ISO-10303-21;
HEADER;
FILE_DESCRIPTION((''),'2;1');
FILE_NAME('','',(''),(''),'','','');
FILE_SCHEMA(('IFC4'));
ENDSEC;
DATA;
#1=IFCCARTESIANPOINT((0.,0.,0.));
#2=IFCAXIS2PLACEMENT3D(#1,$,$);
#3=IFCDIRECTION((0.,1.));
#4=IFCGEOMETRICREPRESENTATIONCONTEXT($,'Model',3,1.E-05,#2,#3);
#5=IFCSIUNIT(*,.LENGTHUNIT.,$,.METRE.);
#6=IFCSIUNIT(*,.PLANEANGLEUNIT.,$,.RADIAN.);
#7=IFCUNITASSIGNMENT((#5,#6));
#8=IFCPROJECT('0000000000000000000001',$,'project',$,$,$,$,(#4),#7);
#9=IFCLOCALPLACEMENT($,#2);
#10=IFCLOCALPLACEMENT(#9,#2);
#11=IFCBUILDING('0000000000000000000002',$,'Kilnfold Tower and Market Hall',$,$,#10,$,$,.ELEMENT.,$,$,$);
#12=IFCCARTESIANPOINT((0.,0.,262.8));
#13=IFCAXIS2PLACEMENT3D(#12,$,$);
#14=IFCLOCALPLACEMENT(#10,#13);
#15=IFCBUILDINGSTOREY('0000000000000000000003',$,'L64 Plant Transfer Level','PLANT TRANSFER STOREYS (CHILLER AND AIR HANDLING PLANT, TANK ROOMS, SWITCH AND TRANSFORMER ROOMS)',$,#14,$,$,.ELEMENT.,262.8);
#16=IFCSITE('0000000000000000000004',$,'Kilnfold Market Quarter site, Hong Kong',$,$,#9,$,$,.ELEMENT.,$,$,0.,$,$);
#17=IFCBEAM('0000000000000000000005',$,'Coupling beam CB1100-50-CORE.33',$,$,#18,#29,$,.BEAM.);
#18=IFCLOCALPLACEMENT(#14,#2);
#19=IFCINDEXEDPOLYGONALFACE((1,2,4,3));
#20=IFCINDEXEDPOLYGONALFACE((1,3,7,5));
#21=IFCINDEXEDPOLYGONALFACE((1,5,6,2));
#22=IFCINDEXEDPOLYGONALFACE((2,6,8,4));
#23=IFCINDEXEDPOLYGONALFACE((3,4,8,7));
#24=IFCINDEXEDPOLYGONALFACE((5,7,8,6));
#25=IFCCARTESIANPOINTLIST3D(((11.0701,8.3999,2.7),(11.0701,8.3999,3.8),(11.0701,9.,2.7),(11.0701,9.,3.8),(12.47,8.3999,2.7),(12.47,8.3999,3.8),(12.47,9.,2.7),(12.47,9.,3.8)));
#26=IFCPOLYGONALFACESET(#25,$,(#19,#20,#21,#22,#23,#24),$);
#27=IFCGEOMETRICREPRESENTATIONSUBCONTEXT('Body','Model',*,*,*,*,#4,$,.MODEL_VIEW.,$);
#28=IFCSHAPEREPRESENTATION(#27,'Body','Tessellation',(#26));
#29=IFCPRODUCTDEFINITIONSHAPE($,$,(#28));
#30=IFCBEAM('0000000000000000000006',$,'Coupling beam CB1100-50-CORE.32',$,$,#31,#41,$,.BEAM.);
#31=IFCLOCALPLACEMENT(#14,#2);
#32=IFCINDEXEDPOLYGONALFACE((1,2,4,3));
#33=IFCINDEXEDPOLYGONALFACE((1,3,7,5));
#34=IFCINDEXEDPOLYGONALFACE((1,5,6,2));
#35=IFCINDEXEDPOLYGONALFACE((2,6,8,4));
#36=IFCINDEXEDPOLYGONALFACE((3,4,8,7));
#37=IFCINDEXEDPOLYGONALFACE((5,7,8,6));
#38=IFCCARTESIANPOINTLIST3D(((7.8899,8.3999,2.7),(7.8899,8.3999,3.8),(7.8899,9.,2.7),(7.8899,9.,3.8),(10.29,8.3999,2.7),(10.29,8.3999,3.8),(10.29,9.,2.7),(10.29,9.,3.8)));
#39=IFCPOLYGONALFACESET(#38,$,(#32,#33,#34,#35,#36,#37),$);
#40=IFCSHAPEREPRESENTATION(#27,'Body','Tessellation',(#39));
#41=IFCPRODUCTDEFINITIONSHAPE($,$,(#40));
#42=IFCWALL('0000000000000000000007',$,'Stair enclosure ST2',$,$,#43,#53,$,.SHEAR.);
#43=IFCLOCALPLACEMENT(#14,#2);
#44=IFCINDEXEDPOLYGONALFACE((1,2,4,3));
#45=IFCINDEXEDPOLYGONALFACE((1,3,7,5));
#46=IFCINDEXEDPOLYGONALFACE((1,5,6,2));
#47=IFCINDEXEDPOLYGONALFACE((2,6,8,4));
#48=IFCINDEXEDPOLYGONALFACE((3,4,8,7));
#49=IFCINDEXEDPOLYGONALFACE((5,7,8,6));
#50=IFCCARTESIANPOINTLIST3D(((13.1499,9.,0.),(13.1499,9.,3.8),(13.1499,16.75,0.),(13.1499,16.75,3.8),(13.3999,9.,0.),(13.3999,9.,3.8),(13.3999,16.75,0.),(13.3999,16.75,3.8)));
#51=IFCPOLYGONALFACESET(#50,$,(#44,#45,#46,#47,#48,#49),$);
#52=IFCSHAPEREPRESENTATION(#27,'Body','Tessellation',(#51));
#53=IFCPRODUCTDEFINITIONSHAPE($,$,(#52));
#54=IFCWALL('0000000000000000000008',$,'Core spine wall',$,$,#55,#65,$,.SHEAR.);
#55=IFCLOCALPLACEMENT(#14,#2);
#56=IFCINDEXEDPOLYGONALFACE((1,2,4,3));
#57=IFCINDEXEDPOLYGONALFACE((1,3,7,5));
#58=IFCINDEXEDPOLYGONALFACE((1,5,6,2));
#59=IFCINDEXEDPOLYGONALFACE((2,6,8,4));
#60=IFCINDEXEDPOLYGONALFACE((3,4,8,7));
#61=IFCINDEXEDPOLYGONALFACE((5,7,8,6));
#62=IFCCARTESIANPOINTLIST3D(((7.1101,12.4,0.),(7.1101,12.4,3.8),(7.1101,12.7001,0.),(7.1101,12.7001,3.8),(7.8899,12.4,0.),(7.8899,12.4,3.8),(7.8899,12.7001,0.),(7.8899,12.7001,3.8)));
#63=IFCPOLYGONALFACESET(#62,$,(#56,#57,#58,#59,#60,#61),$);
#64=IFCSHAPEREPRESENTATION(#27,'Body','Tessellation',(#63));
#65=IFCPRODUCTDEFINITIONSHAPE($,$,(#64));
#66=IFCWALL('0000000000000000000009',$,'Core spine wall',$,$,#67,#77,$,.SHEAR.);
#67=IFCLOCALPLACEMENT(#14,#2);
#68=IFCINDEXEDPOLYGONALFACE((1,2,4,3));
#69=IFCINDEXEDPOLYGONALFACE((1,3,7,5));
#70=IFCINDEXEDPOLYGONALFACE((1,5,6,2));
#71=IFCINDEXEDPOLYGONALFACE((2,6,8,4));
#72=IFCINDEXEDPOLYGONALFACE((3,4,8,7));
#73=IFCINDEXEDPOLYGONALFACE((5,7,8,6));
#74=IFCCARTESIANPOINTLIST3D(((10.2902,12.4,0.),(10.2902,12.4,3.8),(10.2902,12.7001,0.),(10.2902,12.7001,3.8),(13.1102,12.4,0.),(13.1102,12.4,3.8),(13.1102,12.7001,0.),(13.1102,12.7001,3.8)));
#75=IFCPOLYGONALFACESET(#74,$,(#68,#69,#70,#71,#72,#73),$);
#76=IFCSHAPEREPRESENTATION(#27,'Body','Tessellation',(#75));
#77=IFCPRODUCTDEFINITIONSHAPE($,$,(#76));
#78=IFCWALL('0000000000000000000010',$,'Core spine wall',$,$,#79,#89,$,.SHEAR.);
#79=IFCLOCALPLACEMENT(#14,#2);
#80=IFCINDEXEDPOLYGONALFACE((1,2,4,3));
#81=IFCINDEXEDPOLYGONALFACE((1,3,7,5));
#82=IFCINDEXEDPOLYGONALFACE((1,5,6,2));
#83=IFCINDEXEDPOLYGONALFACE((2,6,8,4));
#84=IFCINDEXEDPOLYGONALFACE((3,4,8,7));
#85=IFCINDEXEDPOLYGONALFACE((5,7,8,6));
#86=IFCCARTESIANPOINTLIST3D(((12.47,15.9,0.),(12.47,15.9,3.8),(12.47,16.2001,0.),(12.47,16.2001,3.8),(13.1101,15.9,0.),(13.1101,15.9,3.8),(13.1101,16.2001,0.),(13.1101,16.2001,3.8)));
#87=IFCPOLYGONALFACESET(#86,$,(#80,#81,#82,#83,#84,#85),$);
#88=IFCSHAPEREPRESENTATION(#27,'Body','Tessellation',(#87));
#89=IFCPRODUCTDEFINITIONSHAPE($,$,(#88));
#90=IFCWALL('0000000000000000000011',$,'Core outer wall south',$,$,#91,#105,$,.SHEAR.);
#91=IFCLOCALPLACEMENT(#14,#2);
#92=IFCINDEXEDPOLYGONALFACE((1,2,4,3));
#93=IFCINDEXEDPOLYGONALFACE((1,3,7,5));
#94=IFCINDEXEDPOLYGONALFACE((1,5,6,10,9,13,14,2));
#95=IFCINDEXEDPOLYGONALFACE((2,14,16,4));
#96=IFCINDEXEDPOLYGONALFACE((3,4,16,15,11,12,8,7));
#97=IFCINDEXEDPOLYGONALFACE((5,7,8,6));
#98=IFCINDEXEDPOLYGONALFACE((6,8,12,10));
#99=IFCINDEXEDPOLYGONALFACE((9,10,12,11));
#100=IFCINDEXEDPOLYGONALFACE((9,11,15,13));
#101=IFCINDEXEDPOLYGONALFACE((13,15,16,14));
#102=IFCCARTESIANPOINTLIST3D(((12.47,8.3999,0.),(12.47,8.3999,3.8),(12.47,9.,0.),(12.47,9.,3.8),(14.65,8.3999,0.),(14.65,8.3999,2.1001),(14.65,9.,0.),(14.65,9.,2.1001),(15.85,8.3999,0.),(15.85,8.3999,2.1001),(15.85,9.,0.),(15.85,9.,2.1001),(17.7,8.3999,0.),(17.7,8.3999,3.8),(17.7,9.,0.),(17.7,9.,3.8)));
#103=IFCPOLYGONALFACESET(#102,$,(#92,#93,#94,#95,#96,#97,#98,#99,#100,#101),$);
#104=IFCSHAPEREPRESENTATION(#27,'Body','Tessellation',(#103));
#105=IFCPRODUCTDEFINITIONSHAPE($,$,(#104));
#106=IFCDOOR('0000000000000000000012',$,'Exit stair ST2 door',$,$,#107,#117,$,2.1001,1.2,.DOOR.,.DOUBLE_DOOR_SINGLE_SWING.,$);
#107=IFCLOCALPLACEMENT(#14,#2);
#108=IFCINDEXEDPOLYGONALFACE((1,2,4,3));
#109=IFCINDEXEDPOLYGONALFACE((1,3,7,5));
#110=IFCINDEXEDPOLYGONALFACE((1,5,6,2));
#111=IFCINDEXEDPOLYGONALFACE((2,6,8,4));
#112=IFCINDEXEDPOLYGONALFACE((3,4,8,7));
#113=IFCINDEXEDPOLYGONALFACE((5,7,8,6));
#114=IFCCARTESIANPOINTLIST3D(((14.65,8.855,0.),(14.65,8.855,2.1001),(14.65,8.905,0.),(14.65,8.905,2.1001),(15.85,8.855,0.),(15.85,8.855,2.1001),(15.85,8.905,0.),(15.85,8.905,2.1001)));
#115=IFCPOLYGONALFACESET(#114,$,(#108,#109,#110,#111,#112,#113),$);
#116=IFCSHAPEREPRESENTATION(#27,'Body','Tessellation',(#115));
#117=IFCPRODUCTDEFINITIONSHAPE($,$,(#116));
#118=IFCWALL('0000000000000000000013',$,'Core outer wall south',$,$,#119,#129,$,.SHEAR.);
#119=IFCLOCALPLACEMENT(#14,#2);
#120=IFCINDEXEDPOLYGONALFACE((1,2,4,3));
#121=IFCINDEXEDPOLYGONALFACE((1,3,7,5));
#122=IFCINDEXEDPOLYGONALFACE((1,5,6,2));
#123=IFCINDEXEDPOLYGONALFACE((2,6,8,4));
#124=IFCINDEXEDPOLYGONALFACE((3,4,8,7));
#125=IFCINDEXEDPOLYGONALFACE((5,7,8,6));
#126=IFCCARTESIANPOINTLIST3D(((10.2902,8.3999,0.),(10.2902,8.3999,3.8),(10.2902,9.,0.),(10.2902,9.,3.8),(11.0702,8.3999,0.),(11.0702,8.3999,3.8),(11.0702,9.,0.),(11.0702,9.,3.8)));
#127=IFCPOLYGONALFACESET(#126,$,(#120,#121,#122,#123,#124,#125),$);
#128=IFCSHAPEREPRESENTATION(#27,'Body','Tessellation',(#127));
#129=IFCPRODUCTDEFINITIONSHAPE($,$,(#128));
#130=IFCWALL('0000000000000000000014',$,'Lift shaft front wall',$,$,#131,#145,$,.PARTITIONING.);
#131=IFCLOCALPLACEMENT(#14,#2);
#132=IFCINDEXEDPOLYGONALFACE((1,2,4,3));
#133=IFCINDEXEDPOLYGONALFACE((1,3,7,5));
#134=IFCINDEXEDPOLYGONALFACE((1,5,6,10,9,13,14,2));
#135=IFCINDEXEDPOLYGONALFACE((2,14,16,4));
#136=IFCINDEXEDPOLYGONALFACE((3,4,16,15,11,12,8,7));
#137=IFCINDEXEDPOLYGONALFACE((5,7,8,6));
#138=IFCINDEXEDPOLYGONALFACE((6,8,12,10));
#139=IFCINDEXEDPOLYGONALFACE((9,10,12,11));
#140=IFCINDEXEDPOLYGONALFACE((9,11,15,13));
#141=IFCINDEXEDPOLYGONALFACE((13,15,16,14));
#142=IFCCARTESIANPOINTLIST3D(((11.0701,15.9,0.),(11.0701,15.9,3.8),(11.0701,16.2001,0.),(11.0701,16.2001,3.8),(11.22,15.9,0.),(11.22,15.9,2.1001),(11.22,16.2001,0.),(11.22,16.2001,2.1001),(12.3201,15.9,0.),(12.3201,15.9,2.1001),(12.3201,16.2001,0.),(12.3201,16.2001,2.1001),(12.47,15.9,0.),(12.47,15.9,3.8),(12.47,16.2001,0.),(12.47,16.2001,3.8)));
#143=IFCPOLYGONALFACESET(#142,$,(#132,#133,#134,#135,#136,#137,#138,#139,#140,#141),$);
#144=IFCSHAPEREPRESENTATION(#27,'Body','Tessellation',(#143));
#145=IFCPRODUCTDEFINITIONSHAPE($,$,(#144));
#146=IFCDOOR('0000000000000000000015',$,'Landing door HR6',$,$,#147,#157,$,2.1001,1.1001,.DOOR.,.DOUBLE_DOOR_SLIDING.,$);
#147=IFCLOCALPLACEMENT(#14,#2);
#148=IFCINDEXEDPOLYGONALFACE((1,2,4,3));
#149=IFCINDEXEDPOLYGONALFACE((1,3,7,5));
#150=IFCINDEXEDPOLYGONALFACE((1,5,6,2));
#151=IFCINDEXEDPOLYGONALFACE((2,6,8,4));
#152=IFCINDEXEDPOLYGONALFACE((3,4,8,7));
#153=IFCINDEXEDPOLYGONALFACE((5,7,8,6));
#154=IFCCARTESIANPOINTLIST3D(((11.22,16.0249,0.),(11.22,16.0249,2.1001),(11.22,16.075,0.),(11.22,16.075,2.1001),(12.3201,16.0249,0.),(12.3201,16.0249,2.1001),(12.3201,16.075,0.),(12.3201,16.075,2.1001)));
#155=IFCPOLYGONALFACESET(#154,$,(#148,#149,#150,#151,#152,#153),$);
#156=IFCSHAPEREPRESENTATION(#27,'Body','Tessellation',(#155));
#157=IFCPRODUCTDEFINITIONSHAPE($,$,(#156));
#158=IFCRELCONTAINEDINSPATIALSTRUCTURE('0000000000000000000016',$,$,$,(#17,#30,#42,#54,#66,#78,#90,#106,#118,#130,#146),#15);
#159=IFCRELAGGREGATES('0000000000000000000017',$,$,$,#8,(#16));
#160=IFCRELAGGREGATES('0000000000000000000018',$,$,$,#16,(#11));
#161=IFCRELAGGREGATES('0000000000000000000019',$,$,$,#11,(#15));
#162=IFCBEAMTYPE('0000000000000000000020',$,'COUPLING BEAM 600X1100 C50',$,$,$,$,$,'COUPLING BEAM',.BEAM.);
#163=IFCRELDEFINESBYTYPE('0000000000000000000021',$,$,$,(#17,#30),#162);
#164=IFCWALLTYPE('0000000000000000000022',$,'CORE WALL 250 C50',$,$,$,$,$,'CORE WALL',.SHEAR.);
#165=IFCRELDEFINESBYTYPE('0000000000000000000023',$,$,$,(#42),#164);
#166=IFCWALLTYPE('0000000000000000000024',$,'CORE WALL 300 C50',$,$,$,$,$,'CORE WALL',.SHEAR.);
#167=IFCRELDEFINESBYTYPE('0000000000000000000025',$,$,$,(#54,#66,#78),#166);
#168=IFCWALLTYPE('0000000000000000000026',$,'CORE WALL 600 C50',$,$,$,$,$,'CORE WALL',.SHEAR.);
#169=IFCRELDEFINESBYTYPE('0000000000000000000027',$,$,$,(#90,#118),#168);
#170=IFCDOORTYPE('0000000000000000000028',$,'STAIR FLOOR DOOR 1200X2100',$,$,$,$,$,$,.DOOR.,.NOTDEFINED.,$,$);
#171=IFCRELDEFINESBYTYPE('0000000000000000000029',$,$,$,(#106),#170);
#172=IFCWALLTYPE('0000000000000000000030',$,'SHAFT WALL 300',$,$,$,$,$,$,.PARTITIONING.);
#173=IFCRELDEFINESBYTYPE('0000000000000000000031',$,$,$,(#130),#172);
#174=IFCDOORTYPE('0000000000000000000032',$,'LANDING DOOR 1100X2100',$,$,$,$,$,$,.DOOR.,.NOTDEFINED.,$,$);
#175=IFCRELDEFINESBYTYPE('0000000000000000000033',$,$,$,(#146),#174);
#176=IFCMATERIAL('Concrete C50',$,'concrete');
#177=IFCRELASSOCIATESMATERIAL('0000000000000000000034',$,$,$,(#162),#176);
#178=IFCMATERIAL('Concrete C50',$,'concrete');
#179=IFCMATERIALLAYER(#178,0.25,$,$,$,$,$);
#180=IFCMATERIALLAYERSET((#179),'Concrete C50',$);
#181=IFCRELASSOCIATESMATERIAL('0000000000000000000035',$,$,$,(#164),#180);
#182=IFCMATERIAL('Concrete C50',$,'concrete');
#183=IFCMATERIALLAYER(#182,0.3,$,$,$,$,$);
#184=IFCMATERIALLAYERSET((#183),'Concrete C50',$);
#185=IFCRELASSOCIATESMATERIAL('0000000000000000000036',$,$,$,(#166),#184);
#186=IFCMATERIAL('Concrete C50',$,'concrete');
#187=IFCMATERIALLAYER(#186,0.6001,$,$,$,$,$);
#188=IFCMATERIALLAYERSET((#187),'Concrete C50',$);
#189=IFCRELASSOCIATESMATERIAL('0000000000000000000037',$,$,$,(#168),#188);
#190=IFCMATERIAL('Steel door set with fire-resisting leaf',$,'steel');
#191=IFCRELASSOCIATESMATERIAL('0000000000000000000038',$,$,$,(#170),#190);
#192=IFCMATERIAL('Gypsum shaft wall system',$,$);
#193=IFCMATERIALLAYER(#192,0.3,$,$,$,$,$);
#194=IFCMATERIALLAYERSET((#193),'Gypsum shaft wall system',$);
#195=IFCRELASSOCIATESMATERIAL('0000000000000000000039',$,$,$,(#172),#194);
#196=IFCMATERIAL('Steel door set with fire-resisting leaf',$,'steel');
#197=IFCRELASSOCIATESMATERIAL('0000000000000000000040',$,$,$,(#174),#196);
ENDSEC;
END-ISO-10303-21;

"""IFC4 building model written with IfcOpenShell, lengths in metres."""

from ifc_helpers import new_model, si_unit, direction, frame, frame_2d, origin, origin_2d, place, context, subcontext, project, spatial, rectangle, extrude, source, transform, mapped, material, layer, layer_set, material_profile, profile_set, type_object, element, fill, save


model = new_model("IFC4")

# Units and contexts
model_context = context("Model", 3, precision=1e-05, world=origin(), true_north=direction((0.0, 1.0)))
body_context = subcontext(model_context, "Body", "Model", "MODEL_VIEW")
ifc_project = project(units=[si_unit("LENGTHUNIT", "METRE"), si_unit("PLANEANGLEUNIT", "RADIAN")], contexts=[model_context])

# Site, building, storey
site_placement = place(None, origin())
site = spatial("IfcSite", under=ifc_project, at=site_placement, Name="Kilnfold Market Quarter site, Hong Kong", CompositionType="ELEMENT", RefElevation=0.0)
building_placement = place(site_placement, origin())
building = spatial("IfcBuilding", under=site, at=building_placement, Name="Kilnfold Tower and Market Hall", CompositionType="ELEMENT")
storey_placement = place(building_placement, frame((0.0, 0.0, 262.8)))
storey = spatial("IfcBuildingStorey", under=building, at=storey_placement, Name="L64 Plant Transfer Level", Description="PLANT TRANSFER STOREYS (CHILLER AND AIR HANDLING PLANT, TANK ROOMS, SWITCH AND TRANSFORMER ROOMS)", CompositionType="ELEMENT", Elevation=262.8)

# Beams
ifc_material_1 = material(Name="Concrete C50", Category="concrete")
ifc_material_profile = material_profile(ifc_material_1, rectangle(XDim=0.6001, YDim=1.1001, at=origin_2d()), Name="RC 600x1100")
ifc_profile_set = profile_set([ifc_material_profile], Name="Concrete C50")
beam_type = type_object("IfcBeamType", Name="COUPLING BEAM 600X1100 C50", ElementType="COUPLING BEAM", PredefinedType="BEAM", material=ifc_profile_set)
shared_shape_1 = source(origin(), body_context, "Body", "SweptSolid", [
    extrude(rectangle(XDim=0.6001, YDim=1.1001, at=origin_2d()), origin(), (0.0, 0.0, 1.0), 1.3999),
])
beam_1_placement = place(storey_placement, frame((11.0701, 8.7, 3.25), z_axis=(1.0, 0.0, 0.0), x_axis=(0.0, 1.0, 0.0)))
element("IfcBeam", 1, at=beam_1_placement, inside=storey, type_object=beam_type, Name="Coupling beam CB1100-50-CORE.33", PredefinedType="BEAM", context=body_context, shape_type="MappedRepresentation", body=[
    mapped(shared_shape_1, transform((0.0, 0.0, 0.0))),
])
shared_shape_2 = source(origin(), body_context, "Body", "SweptSolid", [
    extrude(rectangle(XDim=0.6001, YDim=1.1001, at=origin_2d()), origin(), (0.0, 0.0, 1.0), 2.4001),
])
beam_2_placement = place(storey_placement, frame((7.8899, 8.7, 3.25), z_axis=(1.0, 0.0, 0.0), x_axis=(0.0, 1.0, 0.0)))
element("IfcBeam", 2, at=beam_2_placement, inside=storey, type_object=beam_type, Name="Coupling beam CB1100-50-CORE.32", PredefinedType="BEAM", context=body_context, shape_type="MappedRepresentation", body=[
    mapped(shared_shape_2, transform((0.0, 0.0, 0.0))),
])

# Walls
ifc_material_2 = material(Name="Concrete C50", Category="concrete")
ifc_layer_1 = layer(ifc_material_2, 0.25)
ifc_layer_set_1 = layer_set([ifc_layer_1], Name="Concrete C50")
wall_type_1 = type_object("IfcWallType", Name="CORE WALL 250 C50", ElementType="CORE WALL", PredefinedType="SHEAR", material=ifc_layer_set_1)
shared_shape_3 = source(origin(), body_context, "Body", "SweptSolid", [
    extrude(rectangle(XDim=7.75, YDim=0.25, at=frame_2d((3.875, 0.0))), origin(), (0.0, 0.0, 1.0), 3.8),
])
wall_1_placement = place(storey_placement, frame((13.2749, 9.0, 0.0), z_axis=(0.0, 0.0, 1.0), x_axis=(0.0, 1.0, 0.0)))
element("IfcWall", 3, at=wall_1_placement, inside=storey, type_object=wall_type_1, Name="Stair enclosure ST2", PredefinedType="SHEAR", context=body_context, shape_type="MappedRepresentation", body=[
    mapped(shared_shape_3, transform((0.0, 0.0, 0.0))),
])
ifc_material_3 = material(Name="Concrete C50", Category="concrete")
ifc_layer_2 = layer(ifc_material_3, 0.3)
ifc_layer_set_2 = layer_set([ifc_layer_2], Name="Concrete C50")
wall_type_2 = type_object("IfcWallType", Name="CORE WALL 300 C50", ElementType="CORE WALL", PredefinedType="SHEAR", material=ifc_layer_set_2)
shared_shape_4 = source(origin(), body_context, "Body", "SweptSolid", [
    extrude(rectangle(XDim=0.7798, YDim=0.3, at=frame_2d((0.3899, 0.0))), origin(), (0.0, 0.0, 1.0), 3.8),
])
wall_2_placement = place(storey_placement, frame((7.1101, 12.55, 0.0), z_axis=(0.0, 0.0, 1.0), x_axis=(1.0, 0.0, 0.0)))
element("IfcWall", 4, at=wall_2_placement, inside=storey, type_object=wall_type_2, Name="Core spine wall", PredefinedType="SHEAR", context=body_context, shape_type="MappedRepresentation", body=[
    mapped(shared_shape_4, transform((0.0, 0.0, 0.0))),
])
shared_shape_5 = source(origin(), body_context, "Body", "SweptSolid", [
    extrude(rectangle(XDim=2.8201, YDim=0.3, at=frame_2d((1.4102, 0.0))), origin(), (0.0, 0.0, 1.0), 3.8),
])
wall_3_placement = place(storey_placement, frame((10.29, 12.55, 0.0), z_axis=(0.0, 0.0, 1.0), x_axis=(1.0, 0.0, 0.0)))
element("IfcWall", 5, at=wall_3_placement, inside=storey, type_object=wall_type_2, Name="Core spine wall", PredefinedType="SHEAR", context=body_context, shape_type="MappedRepresentation", body=[
    mapped(shared_shape_5, transform((0.0, 0.0, 0.0))),
])
shared_shape_6 = source(origin(), body_context, "Body", "SweptSolid", [
    extrude(rectangle(XDim=0.6401, YDim=0.3, at=frame_2d((0.3201, 0.0))), origin(), (0.0, 0.0, 1.0), 3.8),
])
wall_4_placement = place(storey_placement, frame((12.47, 16.05, 0.0), z_axis=(0.0, 0.0, 1.0), x_axis=(1.0, 0.0, 0.0)))
element("IfcWall", 6, at=wall_4_placement, inside=storey, type_object=wall_type_2, Name="Core spine wall", PredefinedType="SHEAR", context=body_context, shape_type="MappedRepresentation", body=[
    mapped(shared_shape_6, transform((0.0, 0.0, 0.0))),
])

# Wall, opening, door
ifc_material_4 = material(Name="Concrete C50", Category="concrete")
ifc_layer_3 = layer(ifc_material_4, 0.6001)
ifc_layer_set_3 = layer_set([ifc_layer_3], Name="Concrete C50")
wall_type_3 = type_object("IfcWallType", Name="CORE WALL 600 C50", ElementType="CORE WALL", PredefinedType="SHEAR", material=ifc_layer_set_3)
shared_shape_7 = source(origin(), body_context, "Body", "SweptSolid", [
    extrude(rectangle(XDim=5.23, YDim=0.6001, at=frame_2d((2.615, 0.0))), origin(), (0.0, 0.0, 1.0), 3.8),
])
wall_5_placement = place(storey_placement, frame((12.47, 8.7, 0.0), z_axis=(0.0, 0.0, 1.0), x_axis=(1.0, 0.0, 0.0)))
wall_5 = element("IfcWall", 7, at=wall_5_placement, inside=storey, type_object=wall_type_3, Name="Core outer wall south", PredefinedType="SHEAR", context=body_context, shape_type="MappedRepresentation", body=[
    mapped(shared_shape_7, transform((0.0, 0.0, 0.0))),
])
opening_1_placement = place(wall_5_placement, frame((2.1799, 0.0, 0.0)))
opening_1 = element("IfcOpeningElement", 8, at=opening_1_placement, cuts=wall_5, PredefinedType="OPENING", context=body_context, shape_type="SweptSolid", body=[
    extrude(rectangle(XDim=1.2, YDim=2.1001, at=frame_2d((0.6001, 1.05))), frame((0.0, 0.3101, 0.0), z_axis=(0.0, -1.0, 0.0), x_axis=(1.0, 0.0, 0.0)), (0.0, 0.0, 1.0), 0.6201),
])
ifc_material_5 = material(Name="Steel door set with fire-resisting leaf", Category="steel")
door_type_1 = type_object("IfcDoorType", Name="STAIR FLOOR DOOR 1200X2100", OperationType="NOTDEFINED", PredefinedType="DOOR", material=ifc_material_5)
door_1_placement = place(opening_1_placement, origin())
door_1 = element("IfcDoor", 9, at=door_1_placement, inside=storey, type_object=door_type_1, Name="Exit stair ST2 door", OperationType="DOUBLE_DOOR_SINGLE_SWING", OverallHeight=2.1001, OverallWidth=1.2, PredefinedType="DOOR", context=body_context, shape_type="SweptSolid", body=[
    extrude(rectangle(XDim=1.2, YDim=2.1001, at=frame_2d((0.6001, 1.05))), frame((0.0, 0.2051, 0.0), z_axis=(0.0, -1.0, 0.0), x_axis=(1.0, 0.0, 0.0)), (0.0, 0.0, 1.0), 0.05),
])
fill(opening_1, door_1)

# Wall
shared_shape_8 = source(origin(), body_context, "Body", "SweptSolid", [
    extrude(rectangle(XDim=0.78, YDim=0.6001, at=frame_2d((0.3901, 0.0))), origin(), (0.0, 0.0, 1.0), 3.8),
])
wall_6_placement = place(storey_placement, frame((10.29, 8.7, 0.0), z_axis=(0.0, 0.0, 1.0), x_axis=(1.0, 0.0, 0.0)))
element("IfcWall", 10, at=wall_6_placement, inside=storey, type_object=wall_type_3, Name="Core outer wall south", PredefinedType="SHEAR", context=body_context, shape_type="MappedRepresentation", body=[
    mapped(shared_shape_8, transform((0.0, 0.0, 0.0))),
])

# Wall, opening, door
ifc_material_6 = material(Name="Gypsum shaft wall system")
ifc_layer_4 = layer(ifc_material_6, 0.3)
ifc_layer_set_4 = layer_set([ifc_layer_4], Name="Gypsum shaft wall system")
wall_type_4 = type_object("IfcWallType", Name="SHAFT WALL 300", PredefinedType="PARTITIONING", material=ifc_layer_set_4)
shared_shape_9 = source(origin(), body_context, "Body", "SweptSolid", [
    extrude(rectangle(XDim=1.3999, YDim=0.3, at=frame_2d((0.7, 0.0))), origin(), (0.0, 0.0, 1.0), 3.8),
])
wall_7_placement = place(storey_placement, frame((11.0701, 16.05, 0.0), z_axis=(0.0, 0.0, 1.0), x_axis=(1.0, 0.0, 0.0)))
wall_7 = element("IfcWall", 11, at=wall_7_placement, inside=storey, type_object=wall_type_4, Name="Lift shaft front wall", PredefinedType="PARTITIONING", context=body_context, shape_type="MappedRepresentation", body=[
    mapped(shared_shape_9, transform((0.0, 0.0, 0.0))),
])
opening_2_placement = place(wall_7_placement, frame((0.1499, 0.0, 0.0)))
opening_2 = element("IfcOpeningElement", 12, at=opening_2_placement, cuts=wall_7, PredefinedType="OPENING", context=body_context, shape_type="SweptSolid", body=[
    extrude(rectangle(XDim=1.1001, YDim=2.1001, at=frame_2d((0.55, 1.05))), frame((0.0, 0.1602, 0.0), z_axis=(0.0, -1.0, 0.0), x_axis=(1.0, 0.0, 0.0)), (0.0, 0.0, 1.0), 0.3201),
])
ifc_material_7 = material(Name="Steel door set with fire-resisting leaf", Category="steel")
door_type_2 = type_object("IfcDoorType", Name="LANDING DOOR 1100X2100", OperationType="NOTDEFINED", PredefinedType="DOOR", material=ifc_material_7)
door_2_placement = place(opening_2_placement, origin())
door_2 = element("IfcDoor", 13, at=door_2_placement, inside=storey, type_object=door_type_2, Name="Landing door HR6", OperationType="DOUBLE_DOOR_SLIDING", OverallHeight=2.1001, OverallWidth=1.1001, PredefinedType="DOOR", context=body_context, shape_type="SweptSolid", body=[
    extrude(rectangle(XDim=1.1001, YDim=2.1001, at=frame_2d((0.55, 1.05))), frame((0.0, 0.0249, 0.0), z_axis=(0.0, -1.0, 0.0), x_axis=(1.0, 0.0, 0.0)), (0.0, 0.0, 1.0), 0.05),
])
fill(opening_2, door_2)

save(model, "model.ifc")
